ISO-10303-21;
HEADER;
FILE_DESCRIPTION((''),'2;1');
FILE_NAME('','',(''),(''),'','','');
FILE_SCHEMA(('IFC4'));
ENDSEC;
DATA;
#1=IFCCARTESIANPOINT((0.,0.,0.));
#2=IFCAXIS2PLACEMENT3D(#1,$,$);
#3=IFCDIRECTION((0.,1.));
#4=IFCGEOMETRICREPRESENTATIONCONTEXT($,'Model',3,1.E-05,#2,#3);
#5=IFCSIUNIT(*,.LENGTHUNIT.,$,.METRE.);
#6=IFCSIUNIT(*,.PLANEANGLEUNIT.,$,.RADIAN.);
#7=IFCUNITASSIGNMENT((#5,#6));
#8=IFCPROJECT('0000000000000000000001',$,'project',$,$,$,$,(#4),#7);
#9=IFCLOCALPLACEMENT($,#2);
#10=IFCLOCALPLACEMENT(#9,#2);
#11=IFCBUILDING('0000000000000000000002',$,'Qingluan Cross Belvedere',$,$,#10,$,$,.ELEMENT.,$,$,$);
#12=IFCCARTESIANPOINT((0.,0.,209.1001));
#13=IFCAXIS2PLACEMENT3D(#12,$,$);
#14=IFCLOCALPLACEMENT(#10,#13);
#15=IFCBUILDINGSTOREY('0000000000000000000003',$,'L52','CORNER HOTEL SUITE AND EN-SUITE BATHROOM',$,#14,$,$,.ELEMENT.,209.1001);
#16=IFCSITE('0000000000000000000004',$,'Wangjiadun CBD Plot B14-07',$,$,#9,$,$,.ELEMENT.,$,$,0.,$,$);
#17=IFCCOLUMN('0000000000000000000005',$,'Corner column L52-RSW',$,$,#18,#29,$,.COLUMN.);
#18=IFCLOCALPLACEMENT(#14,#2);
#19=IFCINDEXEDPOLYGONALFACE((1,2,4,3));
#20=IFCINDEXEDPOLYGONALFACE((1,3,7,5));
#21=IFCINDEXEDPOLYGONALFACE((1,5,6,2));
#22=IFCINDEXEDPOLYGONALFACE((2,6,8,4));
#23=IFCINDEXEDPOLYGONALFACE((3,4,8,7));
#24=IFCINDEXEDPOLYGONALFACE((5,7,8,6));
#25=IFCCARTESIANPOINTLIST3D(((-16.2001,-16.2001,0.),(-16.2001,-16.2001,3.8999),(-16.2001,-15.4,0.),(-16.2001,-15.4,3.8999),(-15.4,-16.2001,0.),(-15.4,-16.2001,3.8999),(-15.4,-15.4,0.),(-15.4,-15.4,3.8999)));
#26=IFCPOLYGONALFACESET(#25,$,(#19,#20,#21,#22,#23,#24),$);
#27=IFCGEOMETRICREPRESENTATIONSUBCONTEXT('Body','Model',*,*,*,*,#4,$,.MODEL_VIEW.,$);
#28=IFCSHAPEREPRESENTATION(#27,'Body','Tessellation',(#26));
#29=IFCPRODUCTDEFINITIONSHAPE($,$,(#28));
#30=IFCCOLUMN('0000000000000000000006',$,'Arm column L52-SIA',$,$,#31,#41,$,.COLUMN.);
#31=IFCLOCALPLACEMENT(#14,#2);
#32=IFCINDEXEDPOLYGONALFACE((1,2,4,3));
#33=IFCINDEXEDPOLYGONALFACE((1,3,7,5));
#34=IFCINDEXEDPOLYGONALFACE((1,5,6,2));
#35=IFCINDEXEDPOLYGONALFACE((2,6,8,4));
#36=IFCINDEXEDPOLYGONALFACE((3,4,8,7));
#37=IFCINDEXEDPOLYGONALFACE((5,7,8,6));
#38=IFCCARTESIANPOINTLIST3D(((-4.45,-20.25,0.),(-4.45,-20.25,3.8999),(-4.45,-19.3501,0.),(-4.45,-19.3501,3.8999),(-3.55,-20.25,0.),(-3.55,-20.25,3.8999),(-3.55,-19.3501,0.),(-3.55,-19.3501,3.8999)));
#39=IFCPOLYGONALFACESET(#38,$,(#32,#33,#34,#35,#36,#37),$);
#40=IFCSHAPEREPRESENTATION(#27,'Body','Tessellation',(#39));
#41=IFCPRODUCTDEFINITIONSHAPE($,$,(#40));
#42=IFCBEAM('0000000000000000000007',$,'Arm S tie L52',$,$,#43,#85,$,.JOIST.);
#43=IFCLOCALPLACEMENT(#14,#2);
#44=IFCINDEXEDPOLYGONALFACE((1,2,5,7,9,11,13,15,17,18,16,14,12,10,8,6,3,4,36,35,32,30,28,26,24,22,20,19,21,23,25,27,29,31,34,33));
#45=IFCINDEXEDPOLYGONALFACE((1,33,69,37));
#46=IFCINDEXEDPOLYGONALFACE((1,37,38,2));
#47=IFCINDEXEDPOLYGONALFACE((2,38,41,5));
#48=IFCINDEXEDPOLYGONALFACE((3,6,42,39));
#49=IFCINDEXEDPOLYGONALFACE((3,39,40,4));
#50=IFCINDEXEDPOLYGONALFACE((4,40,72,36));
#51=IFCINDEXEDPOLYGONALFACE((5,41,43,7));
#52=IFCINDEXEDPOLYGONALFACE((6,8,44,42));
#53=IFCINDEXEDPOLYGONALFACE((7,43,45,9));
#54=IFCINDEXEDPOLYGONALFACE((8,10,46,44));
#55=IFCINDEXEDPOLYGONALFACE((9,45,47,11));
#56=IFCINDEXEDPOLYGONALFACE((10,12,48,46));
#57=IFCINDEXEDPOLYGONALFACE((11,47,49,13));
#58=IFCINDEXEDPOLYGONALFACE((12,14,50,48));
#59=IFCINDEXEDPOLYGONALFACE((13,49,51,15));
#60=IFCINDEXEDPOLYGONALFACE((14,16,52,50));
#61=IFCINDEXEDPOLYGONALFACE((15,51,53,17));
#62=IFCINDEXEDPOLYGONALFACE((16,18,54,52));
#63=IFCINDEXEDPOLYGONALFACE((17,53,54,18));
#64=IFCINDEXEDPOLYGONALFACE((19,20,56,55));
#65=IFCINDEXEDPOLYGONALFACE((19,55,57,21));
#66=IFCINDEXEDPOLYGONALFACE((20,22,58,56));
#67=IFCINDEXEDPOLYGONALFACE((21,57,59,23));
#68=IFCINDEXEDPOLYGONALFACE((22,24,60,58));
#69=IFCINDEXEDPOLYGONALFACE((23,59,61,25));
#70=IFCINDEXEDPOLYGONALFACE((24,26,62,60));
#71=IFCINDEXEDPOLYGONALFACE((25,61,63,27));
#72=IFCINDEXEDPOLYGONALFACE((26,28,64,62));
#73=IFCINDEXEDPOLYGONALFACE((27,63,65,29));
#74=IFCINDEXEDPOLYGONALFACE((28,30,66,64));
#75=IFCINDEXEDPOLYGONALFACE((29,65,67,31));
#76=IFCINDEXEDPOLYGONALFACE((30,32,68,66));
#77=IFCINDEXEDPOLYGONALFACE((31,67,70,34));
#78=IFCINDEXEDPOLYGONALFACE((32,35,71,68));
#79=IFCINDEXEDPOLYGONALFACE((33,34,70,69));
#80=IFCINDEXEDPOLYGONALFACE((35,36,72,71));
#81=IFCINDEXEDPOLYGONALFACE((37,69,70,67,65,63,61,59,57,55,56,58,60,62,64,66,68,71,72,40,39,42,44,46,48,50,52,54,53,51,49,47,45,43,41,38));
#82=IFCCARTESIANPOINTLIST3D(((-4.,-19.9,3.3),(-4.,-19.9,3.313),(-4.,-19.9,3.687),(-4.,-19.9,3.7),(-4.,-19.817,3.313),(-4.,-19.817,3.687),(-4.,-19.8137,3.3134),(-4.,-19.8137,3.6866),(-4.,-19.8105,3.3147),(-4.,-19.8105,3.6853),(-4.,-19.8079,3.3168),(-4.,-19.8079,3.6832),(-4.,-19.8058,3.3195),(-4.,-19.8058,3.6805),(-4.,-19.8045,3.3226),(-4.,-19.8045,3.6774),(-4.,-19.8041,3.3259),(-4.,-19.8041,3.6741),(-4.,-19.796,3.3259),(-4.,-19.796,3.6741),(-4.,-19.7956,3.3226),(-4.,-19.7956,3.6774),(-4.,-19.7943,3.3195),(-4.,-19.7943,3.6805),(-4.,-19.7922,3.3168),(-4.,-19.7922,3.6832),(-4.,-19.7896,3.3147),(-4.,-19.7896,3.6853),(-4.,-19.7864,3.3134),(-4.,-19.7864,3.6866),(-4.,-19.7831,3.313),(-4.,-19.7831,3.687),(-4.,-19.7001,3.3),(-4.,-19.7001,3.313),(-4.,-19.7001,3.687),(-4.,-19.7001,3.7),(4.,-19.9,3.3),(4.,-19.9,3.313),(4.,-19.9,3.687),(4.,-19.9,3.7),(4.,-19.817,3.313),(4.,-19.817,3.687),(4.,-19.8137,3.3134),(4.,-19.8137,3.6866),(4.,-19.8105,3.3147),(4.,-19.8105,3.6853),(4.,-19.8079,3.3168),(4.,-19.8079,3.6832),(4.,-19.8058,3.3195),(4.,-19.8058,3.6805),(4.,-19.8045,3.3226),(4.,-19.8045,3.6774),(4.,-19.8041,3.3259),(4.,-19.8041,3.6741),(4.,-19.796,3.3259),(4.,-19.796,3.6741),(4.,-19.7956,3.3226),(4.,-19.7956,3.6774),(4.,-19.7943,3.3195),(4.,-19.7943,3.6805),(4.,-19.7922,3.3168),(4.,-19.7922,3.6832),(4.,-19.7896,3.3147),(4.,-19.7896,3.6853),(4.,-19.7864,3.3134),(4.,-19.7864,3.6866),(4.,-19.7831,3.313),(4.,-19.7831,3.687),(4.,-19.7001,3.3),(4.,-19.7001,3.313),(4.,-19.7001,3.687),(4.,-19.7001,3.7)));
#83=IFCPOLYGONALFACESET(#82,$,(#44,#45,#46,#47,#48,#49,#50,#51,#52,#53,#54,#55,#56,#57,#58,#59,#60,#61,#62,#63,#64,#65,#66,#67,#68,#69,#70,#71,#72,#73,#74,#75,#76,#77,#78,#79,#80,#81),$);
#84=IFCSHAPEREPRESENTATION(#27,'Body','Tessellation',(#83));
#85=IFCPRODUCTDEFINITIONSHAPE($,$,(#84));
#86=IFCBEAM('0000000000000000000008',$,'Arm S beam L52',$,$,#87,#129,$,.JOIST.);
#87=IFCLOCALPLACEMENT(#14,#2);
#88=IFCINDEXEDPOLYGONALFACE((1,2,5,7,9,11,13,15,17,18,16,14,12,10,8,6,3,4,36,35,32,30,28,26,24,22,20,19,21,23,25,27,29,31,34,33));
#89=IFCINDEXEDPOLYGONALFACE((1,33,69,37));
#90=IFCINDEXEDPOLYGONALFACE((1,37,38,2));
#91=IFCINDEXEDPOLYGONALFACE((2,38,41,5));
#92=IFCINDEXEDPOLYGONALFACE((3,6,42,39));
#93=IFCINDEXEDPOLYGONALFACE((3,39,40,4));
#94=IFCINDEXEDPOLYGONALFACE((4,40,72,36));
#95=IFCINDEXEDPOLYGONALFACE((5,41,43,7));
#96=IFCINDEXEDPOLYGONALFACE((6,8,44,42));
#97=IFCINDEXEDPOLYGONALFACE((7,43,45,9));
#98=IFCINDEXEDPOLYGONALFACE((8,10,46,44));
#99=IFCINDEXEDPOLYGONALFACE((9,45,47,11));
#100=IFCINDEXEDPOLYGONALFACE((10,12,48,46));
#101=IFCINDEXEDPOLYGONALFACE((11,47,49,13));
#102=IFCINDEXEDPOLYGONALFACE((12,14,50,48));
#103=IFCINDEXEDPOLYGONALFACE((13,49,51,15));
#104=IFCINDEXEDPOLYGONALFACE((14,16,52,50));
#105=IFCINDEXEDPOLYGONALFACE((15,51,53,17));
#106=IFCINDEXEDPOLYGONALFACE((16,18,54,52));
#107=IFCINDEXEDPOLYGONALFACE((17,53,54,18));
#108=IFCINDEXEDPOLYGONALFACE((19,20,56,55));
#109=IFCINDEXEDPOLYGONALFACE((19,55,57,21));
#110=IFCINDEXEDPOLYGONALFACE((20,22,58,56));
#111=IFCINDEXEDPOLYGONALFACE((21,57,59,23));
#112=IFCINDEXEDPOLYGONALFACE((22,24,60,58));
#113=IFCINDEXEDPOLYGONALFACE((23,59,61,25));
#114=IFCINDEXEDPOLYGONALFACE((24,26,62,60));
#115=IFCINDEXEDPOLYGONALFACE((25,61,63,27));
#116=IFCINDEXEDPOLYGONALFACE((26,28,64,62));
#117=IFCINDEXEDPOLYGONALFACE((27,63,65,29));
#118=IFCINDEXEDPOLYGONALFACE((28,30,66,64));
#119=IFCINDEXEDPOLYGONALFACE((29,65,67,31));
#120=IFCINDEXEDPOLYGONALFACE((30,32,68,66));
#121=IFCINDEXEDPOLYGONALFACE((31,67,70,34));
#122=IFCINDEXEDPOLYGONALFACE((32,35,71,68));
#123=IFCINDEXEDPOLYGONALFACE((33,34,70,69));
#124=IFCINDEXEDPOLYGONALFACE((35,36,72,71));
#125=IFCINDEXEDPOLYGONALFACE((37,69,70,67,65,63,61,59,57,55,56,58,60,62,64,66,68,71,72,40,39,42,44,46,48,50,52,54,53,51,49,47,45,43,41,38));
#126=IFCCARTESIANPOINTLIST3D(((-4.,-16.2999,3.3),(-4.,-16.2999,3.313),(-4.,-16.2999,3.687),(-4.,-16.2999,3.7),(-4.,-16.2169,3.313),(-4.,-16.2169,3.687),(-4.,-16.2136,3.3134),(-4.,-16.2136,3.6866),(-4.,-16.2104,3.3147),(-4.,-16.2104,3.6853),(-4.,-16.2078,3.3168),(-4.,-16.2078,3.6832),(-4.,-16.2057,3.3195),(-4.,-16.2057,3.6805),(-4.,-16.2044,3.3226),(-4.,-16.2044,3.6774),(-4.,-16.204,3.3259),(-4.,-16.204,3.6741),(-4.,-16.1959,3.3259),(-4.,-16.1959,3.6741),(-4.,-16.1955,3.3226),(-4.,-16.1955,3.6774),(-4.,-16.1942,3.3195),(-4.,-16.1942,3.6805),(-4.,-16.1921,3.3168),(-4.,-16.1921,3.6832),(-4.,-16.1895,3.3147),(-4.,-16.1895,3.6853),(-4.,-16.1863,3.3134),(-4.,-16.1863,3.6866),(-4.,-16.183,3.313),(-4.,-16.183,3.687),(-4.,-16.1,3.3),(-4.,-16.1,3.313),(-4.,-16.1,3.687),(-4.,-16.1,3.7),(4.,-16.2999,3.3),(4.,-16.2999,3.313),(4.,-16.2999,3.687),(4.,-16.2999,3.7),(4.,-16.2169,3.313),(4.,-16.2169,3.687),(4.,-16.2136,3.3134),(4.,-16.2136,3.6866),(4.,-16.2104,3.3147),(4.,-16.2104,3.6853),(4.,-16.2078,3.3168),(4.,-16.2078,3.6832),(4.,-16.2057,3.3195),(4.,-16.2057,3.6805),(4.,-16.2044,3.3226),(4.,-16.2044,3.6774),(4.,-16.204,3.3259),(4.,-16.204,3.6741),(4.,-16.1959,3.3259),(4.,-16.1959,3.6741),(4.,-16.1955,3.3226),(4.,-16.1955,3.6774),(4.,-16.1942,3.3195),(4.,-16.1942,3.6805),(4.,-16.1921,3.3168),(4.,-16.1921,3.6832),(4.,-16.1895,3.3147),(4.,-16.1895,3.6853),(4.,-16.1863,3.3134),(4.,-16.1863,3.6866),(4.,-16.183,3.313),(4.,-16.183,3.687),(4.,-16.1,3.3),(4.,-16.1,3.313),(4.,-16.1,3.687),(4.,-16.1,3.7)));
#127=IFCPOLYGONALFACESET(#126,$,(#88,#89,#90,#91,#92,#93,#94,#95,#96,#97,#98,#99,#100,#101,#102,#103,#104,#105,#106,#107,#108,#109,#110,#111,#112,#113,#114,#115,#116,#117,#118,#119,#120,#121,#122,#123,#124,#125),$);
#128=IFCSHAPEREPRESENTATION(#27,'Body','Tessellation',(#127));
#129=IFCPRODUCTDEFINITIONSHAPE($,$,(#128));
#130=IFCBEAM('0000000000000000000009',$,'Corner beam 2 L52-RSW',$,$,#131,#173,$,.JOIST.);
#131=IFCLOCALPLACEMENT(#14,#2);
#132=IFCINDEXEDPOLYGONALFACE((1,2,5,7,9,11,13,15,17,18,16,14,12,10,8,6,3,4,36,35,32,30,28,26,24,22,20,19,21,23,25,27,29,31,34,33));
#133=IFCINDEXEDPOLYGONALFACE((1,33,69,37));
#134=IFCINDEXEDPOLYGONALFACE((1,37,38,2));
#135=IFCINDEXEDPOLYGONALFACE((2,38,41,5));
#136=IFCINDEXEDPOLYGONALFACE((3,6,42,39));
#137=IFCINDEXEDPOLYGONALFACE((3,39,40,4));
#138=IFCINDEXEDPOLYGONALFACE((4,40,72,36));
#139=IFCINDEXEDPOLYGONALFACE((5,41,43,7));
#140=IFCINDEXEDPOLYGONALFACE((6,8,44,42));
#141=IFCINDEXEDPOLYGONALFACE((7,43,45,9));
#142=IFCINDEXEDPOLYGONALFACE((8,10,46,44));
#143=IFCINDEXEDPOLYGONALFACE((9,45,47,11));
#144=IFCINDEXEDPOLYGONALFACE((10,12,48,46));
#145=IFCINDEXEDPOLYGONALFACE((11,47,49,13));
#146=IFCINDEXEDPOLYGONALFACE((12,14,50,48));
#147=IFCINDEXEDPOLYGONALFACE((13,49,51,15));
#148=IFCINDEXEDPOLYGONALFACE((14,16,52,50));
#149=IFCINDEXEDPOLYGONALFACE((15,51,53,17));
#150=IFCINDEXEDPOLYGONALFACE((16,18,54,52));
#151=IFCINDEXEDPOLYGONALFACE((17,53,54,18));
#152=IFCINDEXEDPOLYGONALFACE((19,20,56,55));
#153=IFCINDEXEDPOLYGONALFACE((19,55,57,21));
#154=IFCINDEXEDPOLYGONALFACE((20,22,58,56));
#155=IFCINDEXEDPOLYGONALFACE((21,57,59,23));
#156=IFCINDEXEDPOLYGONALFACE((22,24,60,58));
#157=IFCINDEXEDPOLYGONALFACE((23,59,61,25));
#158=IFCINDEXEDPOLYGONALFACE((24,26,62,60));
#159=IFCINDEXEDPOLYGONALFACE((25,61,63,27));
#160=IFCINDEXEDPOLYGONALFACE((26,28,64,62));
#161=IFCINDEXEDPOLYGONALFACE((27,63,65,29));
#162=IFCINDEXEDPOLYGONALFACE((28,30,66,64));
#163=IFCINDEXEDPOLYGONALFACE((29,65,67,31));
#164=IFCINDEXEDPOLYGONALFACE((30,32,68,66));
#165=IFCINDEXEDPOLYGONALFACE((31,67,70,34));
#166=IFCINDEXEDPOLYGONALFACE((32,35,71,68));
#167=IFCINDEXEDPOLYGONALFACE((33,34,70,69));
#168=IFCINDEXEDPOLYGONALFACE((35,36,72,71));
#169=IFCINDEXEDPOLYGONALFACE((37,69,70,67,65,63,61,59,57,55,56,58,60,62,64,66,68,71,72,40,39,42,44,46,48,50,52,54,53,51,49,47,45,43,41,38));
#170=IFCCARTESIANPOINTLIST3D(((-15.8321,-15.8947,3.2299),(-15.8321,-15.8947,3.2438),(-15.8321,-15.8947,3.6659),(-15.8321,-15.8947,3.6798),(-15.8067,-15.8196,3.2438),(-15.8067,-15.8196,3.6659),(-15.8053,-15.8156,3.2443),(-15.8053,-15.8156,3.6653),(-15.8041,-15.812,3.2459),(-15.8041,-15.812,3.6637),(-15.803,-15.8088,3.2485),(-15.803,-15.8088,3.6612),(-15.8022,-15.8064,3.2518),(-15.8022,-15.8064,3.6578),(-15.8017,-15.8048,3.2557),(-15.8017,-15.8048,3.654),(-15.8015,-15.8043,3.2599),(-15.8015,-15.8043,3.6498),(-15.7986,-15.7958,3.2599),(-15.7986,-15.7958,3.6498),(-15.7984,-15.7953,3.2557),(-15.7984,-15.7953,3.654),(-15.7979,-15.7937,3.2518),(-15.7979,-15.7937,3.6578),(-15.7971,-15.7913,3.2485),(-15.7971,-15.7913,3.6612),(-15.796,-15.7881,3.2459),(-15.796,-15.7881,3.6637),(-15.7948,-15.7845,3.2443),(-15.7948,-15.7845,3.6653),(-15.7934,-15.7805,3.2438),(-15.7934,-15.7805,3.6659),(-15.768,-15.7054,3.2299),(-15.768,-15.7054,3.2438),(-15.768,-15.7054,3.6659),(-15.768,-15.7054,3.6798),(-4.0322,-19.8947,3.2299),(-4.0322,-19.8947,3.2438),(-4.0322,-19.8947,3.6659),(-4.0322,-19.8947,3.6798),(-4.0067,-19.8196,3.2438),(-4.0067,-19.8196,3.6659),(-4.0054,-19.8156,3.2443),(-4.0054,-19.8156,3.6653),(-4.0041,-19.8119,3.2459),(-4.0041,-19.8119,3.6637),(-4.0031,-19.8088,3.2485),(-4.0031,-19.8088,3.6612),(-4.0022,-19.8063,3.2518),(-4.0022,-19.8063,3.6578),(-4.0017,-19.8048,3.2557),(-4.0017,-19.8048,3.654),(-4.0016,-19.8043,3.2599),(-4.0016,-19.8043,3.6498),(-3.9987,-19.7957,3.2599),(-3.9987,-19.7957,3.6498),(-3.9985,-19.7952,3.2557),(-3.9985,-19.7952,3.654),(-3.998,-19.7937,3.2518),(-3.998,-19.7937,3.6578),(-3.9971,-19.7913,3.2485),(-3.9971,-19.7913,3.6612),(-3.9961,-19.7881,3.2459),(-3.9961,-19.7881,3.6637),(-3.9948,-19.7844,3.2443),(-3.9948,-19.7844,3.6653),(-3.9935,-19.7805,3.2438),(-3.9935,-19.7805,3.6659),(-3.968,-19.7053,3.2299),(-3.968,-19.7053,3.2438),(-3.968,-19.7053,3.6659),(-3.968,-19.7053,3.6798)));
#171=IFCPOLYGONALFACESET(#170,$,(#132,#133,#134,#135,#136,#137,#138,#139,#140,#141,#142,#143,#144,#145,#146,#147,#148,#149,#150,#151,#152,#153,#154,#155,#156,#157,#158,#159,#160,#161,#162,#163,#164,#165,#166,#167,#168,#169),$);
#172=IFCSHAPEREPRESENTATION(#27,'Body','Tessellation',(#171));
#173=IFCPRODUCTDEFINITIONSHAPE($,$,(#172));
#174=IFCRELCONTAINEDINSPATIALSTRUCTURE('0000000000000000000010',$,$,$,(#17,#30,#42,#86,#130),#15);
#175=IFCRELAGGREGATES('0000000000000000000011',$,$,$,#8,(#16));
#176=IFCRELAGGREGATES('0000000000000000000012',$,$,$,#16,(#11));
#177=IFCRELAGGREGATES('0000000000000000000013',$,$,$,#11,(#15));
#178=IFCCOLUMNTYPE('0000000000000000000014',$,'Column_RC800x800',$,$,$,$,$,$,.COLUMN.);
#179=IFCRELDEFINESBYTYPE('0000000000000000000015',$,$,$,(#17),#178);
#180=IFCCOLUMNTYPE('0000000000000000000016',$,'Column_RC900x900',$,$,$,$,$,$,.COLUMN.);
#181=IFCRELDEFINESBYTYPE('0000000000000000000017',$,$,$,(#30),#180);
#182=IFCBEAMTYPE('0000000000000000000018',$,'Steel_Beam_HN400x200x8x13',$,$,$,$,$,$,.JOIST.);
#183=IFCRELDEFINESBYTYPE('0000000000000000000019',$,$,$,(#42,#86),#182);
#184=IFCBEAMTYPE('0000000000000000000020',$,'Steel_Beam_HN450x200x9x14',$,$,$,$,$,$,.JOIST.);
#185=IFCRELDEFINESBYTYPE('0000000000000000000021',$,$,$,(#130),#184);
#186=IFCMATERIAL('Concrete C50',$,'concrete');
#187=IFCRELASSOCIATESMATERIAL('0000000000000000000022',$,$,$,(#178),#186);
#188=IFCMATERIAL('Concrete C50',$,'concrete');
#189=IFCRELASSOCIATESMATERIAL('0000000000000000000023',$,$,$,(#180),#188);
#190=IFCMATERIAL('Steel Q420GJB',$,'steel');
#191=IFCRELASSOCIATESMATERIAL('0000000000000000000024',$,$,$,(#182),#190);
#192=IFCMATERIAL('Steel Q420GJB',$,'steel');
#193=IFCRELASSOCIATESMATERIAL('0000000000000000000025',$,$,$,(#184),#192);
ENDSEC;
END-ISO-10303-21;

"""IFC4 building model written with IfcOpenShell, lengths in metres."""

from ifc_helpers import new_model, si_unit, direction, frame, origin, origin_2d, place, context, subcontext, project, spatial, rectangle, i_section, extrude, material, material_profile, profile_set, type_object, element, save


model = new_model("IFC4")

# Units and contexts
model_context = context("Model", 3, precision=1e-05, world=origin(), true_north=direction((0.0, 1.0)))
body_context = subcontext(model_context, "Body", "Model", "MODEL_VIEW")
ifc_project = project(units=[si_unit("LENGTHUNIT", "METRE"), si_unit("PLANEANGLEUNIT", "RADIAN")], contexts=[model_context])

# Site, building, storey
site_placement = place(None, origin())
site = spatial("IfcSite", under=ifc_project, at=site_placement, Name="Wangjiadun CBD Plot B14-07", CompositionType="ELEMENT", RefElevation=0.0)
building_placement = place(site_placement, origin())
building = spatial("IfcBuilding", under=site, at=building_placement, Name="Qingluan Cross Belvedere", CompositionType="ELEMENT")
storey_placement = place(building_placement, frame((0.0, 0.0, 209.1001)))
storey = spatial("IfcBuildingStorey", under=building, at=storey_placement, Name="L52", Description="CORNER HOTEL SUITE AND EN-SUITE BATHROOM", CompositionType="ELEMENT", Elevation=209.1001)

# Columns
ifc_material_1 = material(Name="Concrete C50", Category="concrete")
ifc_material_profile_1 = material_profile(ifc_material_1, rectangle(XDim=0.8, YDim=0.8, at=origin_2d()), Name="RC800x800")
ifc_profile_set_1 = profile_set([ifc_material_profile_1], Name="Concrete C50")
column_type_1 = type_object("IfcColumnType", Name="Column_RC800x800", PredefinedType="COLUMN", material=ifc_profile_set_1)
column_1_placement = place(storey_placement, frame((-15.8, -15.8, 0.0), z_axis=(0.0, 0.0, 1.0), x_axis=(1.0, 0.0, 0.0)))
element("IfcColumn", 1, at=column_1_placement, inside=storey, type_object=column_type_1, Name="Corner column L52-RSW", PredefinedType="COLUMN", context=body_context, shape_type="SweptSolid", body=[
    extrude(rectangle(XDim=0.8, YDim=0.8, at=origin_2d()), origin(), (0.0, 0.0, 1.0), 3.8999),
])
ifc_material_2 = material(Name="Concrete C50", Category="concrete")
ifc_material_profile_2 = material_profile(ifc_material_2, rectangle(XDim=0.8999, YDim=0.8999, at=origin_2d()), Name="RC900x900")
ifc_profile_set_2 = profile_set([ifc_material_profile_2], Name="Concrete C50")
column_type_2 = type_object("IfcColumnType", Name="Column_RC900x900", PredefinedType="COLUMN", material=ifc_profile_set_2)
column_2_placement = place(storey_placement, frame((-4.0, -19.8, 0.0), z_axis=(0.0, 0.0, 1.0), x_axis=(1.0, 0.0, 0.0)))
element("IfcColumn", 2, at=column_2_placement, inside=storey, type_object=column_type_2, Name="Arm column L52-SIA", PredefinedType="COLUMN", context=body_context, shape_type="SweptSolid", body=[
    extrude(rectangle(XDim=0.8999, YDim=0.8999, at=origin_2d()), origin(), (0.0, 0.0, 1.0), 3.8999),
])

# Beams
ifc_material_3 = material(Name="Steel Q420GJB", Category="steel")
ifc_material_profile_3 = material_profile(ifc_material_3, i_section(OverallWidth=0.2, OverallDepth=0.3999, WebThickness=0.0081, FlangeThickness=0.0129, FilletRadius=0.0129, at=origin_2d()), Name="HN400x200x8x13")
ifc_profile_set_3 = profile_set([ifc_material_profile_3], Name="Steel Q420GJB")
beam_type_1 = type_object("IfcBeamType", Name="Steel_Beam_HN400x200x8x13", PredefinedType="JOIST", material=ifc_profile_set_3)
for number, where, z_axis, x_axis, name in (
    (3, (-4.0, -19.8, 3.5), (1.0, 0.0, 0.0), (0.0, 1.0, 0.0), "Arm S tie L52"),
    (4, (-4.0, -16.2, 3.5), (1.0, 0.0, 0.0), (0.0, 1.0, 0.0), "Arm S beam L52"),
):
    element("IfcBeam", number, at=place(storey_placement, frame(where, z_axis=z_axis, x_axis=x_axis)), inside=storey, type_object=beam_type_1, Name=name, PredefinedType="JOIST", context=body_context, shape_type="SweptSolid", body=[
        extrude(i_section(OverallWidth=0.2, OverallDepth=0.3999, WebThickness=0.0081, FlangeThickness=0.0129, FilletRadius=0.0129, at=origin_2d()), origin(), (0.0, 0.0, 1.0), 8.0),
    ])
ifc_material_4 = material(Name="Steel Q420GJB", Category="steel")
ifc_material_profile_4 = material_profile(ifc_material_4, i_section(OverallWidth=0.2, OverallDepth=0.45, WebThickness=0.009, FlangeThickness=0.0139, FilletRadius=0.0161, at=origin_2d()), Name="HN450x200x9x14")
ifc_profile_set_4 = profile_set([ifc_material_profile_4], Name="Steel Q420GJB")
beam_type_2 = type_object("IfcBeamType", Name="Steel_Beam_HN450x200x9x14", PredefinedType="JOIST", material=ifc_profile_set_4)
for number, where, z_axis, x_axis, name in (
    (5, (-15.8, -15.8, 3.4548), (0.947066, -0.321038, 0.0), (0.321038, 0.947066, 0.0), "Corner beam 2 L52-RSW"),
):
    element("IfcBeam", number, at=place(storey_placement, frame(where, z_axis=z_axis, x_axis=x_axis)), inside=storey, type_object=beam_type_2, Name=name, PredefinedType="JOIST", context=body_context, shape_type="SweptSolid", body=[
        extrude(i_section(OverallWidth=0.2, OverallDepth=0.45, WebThickness=0.009, FlangeThickness=0.0139, FilletRadius=0.0161, at=origin_2d()), origin(), (0.0, 0.0, 1.0), 12.4595),
    ])

save(model, "model.ifc")
